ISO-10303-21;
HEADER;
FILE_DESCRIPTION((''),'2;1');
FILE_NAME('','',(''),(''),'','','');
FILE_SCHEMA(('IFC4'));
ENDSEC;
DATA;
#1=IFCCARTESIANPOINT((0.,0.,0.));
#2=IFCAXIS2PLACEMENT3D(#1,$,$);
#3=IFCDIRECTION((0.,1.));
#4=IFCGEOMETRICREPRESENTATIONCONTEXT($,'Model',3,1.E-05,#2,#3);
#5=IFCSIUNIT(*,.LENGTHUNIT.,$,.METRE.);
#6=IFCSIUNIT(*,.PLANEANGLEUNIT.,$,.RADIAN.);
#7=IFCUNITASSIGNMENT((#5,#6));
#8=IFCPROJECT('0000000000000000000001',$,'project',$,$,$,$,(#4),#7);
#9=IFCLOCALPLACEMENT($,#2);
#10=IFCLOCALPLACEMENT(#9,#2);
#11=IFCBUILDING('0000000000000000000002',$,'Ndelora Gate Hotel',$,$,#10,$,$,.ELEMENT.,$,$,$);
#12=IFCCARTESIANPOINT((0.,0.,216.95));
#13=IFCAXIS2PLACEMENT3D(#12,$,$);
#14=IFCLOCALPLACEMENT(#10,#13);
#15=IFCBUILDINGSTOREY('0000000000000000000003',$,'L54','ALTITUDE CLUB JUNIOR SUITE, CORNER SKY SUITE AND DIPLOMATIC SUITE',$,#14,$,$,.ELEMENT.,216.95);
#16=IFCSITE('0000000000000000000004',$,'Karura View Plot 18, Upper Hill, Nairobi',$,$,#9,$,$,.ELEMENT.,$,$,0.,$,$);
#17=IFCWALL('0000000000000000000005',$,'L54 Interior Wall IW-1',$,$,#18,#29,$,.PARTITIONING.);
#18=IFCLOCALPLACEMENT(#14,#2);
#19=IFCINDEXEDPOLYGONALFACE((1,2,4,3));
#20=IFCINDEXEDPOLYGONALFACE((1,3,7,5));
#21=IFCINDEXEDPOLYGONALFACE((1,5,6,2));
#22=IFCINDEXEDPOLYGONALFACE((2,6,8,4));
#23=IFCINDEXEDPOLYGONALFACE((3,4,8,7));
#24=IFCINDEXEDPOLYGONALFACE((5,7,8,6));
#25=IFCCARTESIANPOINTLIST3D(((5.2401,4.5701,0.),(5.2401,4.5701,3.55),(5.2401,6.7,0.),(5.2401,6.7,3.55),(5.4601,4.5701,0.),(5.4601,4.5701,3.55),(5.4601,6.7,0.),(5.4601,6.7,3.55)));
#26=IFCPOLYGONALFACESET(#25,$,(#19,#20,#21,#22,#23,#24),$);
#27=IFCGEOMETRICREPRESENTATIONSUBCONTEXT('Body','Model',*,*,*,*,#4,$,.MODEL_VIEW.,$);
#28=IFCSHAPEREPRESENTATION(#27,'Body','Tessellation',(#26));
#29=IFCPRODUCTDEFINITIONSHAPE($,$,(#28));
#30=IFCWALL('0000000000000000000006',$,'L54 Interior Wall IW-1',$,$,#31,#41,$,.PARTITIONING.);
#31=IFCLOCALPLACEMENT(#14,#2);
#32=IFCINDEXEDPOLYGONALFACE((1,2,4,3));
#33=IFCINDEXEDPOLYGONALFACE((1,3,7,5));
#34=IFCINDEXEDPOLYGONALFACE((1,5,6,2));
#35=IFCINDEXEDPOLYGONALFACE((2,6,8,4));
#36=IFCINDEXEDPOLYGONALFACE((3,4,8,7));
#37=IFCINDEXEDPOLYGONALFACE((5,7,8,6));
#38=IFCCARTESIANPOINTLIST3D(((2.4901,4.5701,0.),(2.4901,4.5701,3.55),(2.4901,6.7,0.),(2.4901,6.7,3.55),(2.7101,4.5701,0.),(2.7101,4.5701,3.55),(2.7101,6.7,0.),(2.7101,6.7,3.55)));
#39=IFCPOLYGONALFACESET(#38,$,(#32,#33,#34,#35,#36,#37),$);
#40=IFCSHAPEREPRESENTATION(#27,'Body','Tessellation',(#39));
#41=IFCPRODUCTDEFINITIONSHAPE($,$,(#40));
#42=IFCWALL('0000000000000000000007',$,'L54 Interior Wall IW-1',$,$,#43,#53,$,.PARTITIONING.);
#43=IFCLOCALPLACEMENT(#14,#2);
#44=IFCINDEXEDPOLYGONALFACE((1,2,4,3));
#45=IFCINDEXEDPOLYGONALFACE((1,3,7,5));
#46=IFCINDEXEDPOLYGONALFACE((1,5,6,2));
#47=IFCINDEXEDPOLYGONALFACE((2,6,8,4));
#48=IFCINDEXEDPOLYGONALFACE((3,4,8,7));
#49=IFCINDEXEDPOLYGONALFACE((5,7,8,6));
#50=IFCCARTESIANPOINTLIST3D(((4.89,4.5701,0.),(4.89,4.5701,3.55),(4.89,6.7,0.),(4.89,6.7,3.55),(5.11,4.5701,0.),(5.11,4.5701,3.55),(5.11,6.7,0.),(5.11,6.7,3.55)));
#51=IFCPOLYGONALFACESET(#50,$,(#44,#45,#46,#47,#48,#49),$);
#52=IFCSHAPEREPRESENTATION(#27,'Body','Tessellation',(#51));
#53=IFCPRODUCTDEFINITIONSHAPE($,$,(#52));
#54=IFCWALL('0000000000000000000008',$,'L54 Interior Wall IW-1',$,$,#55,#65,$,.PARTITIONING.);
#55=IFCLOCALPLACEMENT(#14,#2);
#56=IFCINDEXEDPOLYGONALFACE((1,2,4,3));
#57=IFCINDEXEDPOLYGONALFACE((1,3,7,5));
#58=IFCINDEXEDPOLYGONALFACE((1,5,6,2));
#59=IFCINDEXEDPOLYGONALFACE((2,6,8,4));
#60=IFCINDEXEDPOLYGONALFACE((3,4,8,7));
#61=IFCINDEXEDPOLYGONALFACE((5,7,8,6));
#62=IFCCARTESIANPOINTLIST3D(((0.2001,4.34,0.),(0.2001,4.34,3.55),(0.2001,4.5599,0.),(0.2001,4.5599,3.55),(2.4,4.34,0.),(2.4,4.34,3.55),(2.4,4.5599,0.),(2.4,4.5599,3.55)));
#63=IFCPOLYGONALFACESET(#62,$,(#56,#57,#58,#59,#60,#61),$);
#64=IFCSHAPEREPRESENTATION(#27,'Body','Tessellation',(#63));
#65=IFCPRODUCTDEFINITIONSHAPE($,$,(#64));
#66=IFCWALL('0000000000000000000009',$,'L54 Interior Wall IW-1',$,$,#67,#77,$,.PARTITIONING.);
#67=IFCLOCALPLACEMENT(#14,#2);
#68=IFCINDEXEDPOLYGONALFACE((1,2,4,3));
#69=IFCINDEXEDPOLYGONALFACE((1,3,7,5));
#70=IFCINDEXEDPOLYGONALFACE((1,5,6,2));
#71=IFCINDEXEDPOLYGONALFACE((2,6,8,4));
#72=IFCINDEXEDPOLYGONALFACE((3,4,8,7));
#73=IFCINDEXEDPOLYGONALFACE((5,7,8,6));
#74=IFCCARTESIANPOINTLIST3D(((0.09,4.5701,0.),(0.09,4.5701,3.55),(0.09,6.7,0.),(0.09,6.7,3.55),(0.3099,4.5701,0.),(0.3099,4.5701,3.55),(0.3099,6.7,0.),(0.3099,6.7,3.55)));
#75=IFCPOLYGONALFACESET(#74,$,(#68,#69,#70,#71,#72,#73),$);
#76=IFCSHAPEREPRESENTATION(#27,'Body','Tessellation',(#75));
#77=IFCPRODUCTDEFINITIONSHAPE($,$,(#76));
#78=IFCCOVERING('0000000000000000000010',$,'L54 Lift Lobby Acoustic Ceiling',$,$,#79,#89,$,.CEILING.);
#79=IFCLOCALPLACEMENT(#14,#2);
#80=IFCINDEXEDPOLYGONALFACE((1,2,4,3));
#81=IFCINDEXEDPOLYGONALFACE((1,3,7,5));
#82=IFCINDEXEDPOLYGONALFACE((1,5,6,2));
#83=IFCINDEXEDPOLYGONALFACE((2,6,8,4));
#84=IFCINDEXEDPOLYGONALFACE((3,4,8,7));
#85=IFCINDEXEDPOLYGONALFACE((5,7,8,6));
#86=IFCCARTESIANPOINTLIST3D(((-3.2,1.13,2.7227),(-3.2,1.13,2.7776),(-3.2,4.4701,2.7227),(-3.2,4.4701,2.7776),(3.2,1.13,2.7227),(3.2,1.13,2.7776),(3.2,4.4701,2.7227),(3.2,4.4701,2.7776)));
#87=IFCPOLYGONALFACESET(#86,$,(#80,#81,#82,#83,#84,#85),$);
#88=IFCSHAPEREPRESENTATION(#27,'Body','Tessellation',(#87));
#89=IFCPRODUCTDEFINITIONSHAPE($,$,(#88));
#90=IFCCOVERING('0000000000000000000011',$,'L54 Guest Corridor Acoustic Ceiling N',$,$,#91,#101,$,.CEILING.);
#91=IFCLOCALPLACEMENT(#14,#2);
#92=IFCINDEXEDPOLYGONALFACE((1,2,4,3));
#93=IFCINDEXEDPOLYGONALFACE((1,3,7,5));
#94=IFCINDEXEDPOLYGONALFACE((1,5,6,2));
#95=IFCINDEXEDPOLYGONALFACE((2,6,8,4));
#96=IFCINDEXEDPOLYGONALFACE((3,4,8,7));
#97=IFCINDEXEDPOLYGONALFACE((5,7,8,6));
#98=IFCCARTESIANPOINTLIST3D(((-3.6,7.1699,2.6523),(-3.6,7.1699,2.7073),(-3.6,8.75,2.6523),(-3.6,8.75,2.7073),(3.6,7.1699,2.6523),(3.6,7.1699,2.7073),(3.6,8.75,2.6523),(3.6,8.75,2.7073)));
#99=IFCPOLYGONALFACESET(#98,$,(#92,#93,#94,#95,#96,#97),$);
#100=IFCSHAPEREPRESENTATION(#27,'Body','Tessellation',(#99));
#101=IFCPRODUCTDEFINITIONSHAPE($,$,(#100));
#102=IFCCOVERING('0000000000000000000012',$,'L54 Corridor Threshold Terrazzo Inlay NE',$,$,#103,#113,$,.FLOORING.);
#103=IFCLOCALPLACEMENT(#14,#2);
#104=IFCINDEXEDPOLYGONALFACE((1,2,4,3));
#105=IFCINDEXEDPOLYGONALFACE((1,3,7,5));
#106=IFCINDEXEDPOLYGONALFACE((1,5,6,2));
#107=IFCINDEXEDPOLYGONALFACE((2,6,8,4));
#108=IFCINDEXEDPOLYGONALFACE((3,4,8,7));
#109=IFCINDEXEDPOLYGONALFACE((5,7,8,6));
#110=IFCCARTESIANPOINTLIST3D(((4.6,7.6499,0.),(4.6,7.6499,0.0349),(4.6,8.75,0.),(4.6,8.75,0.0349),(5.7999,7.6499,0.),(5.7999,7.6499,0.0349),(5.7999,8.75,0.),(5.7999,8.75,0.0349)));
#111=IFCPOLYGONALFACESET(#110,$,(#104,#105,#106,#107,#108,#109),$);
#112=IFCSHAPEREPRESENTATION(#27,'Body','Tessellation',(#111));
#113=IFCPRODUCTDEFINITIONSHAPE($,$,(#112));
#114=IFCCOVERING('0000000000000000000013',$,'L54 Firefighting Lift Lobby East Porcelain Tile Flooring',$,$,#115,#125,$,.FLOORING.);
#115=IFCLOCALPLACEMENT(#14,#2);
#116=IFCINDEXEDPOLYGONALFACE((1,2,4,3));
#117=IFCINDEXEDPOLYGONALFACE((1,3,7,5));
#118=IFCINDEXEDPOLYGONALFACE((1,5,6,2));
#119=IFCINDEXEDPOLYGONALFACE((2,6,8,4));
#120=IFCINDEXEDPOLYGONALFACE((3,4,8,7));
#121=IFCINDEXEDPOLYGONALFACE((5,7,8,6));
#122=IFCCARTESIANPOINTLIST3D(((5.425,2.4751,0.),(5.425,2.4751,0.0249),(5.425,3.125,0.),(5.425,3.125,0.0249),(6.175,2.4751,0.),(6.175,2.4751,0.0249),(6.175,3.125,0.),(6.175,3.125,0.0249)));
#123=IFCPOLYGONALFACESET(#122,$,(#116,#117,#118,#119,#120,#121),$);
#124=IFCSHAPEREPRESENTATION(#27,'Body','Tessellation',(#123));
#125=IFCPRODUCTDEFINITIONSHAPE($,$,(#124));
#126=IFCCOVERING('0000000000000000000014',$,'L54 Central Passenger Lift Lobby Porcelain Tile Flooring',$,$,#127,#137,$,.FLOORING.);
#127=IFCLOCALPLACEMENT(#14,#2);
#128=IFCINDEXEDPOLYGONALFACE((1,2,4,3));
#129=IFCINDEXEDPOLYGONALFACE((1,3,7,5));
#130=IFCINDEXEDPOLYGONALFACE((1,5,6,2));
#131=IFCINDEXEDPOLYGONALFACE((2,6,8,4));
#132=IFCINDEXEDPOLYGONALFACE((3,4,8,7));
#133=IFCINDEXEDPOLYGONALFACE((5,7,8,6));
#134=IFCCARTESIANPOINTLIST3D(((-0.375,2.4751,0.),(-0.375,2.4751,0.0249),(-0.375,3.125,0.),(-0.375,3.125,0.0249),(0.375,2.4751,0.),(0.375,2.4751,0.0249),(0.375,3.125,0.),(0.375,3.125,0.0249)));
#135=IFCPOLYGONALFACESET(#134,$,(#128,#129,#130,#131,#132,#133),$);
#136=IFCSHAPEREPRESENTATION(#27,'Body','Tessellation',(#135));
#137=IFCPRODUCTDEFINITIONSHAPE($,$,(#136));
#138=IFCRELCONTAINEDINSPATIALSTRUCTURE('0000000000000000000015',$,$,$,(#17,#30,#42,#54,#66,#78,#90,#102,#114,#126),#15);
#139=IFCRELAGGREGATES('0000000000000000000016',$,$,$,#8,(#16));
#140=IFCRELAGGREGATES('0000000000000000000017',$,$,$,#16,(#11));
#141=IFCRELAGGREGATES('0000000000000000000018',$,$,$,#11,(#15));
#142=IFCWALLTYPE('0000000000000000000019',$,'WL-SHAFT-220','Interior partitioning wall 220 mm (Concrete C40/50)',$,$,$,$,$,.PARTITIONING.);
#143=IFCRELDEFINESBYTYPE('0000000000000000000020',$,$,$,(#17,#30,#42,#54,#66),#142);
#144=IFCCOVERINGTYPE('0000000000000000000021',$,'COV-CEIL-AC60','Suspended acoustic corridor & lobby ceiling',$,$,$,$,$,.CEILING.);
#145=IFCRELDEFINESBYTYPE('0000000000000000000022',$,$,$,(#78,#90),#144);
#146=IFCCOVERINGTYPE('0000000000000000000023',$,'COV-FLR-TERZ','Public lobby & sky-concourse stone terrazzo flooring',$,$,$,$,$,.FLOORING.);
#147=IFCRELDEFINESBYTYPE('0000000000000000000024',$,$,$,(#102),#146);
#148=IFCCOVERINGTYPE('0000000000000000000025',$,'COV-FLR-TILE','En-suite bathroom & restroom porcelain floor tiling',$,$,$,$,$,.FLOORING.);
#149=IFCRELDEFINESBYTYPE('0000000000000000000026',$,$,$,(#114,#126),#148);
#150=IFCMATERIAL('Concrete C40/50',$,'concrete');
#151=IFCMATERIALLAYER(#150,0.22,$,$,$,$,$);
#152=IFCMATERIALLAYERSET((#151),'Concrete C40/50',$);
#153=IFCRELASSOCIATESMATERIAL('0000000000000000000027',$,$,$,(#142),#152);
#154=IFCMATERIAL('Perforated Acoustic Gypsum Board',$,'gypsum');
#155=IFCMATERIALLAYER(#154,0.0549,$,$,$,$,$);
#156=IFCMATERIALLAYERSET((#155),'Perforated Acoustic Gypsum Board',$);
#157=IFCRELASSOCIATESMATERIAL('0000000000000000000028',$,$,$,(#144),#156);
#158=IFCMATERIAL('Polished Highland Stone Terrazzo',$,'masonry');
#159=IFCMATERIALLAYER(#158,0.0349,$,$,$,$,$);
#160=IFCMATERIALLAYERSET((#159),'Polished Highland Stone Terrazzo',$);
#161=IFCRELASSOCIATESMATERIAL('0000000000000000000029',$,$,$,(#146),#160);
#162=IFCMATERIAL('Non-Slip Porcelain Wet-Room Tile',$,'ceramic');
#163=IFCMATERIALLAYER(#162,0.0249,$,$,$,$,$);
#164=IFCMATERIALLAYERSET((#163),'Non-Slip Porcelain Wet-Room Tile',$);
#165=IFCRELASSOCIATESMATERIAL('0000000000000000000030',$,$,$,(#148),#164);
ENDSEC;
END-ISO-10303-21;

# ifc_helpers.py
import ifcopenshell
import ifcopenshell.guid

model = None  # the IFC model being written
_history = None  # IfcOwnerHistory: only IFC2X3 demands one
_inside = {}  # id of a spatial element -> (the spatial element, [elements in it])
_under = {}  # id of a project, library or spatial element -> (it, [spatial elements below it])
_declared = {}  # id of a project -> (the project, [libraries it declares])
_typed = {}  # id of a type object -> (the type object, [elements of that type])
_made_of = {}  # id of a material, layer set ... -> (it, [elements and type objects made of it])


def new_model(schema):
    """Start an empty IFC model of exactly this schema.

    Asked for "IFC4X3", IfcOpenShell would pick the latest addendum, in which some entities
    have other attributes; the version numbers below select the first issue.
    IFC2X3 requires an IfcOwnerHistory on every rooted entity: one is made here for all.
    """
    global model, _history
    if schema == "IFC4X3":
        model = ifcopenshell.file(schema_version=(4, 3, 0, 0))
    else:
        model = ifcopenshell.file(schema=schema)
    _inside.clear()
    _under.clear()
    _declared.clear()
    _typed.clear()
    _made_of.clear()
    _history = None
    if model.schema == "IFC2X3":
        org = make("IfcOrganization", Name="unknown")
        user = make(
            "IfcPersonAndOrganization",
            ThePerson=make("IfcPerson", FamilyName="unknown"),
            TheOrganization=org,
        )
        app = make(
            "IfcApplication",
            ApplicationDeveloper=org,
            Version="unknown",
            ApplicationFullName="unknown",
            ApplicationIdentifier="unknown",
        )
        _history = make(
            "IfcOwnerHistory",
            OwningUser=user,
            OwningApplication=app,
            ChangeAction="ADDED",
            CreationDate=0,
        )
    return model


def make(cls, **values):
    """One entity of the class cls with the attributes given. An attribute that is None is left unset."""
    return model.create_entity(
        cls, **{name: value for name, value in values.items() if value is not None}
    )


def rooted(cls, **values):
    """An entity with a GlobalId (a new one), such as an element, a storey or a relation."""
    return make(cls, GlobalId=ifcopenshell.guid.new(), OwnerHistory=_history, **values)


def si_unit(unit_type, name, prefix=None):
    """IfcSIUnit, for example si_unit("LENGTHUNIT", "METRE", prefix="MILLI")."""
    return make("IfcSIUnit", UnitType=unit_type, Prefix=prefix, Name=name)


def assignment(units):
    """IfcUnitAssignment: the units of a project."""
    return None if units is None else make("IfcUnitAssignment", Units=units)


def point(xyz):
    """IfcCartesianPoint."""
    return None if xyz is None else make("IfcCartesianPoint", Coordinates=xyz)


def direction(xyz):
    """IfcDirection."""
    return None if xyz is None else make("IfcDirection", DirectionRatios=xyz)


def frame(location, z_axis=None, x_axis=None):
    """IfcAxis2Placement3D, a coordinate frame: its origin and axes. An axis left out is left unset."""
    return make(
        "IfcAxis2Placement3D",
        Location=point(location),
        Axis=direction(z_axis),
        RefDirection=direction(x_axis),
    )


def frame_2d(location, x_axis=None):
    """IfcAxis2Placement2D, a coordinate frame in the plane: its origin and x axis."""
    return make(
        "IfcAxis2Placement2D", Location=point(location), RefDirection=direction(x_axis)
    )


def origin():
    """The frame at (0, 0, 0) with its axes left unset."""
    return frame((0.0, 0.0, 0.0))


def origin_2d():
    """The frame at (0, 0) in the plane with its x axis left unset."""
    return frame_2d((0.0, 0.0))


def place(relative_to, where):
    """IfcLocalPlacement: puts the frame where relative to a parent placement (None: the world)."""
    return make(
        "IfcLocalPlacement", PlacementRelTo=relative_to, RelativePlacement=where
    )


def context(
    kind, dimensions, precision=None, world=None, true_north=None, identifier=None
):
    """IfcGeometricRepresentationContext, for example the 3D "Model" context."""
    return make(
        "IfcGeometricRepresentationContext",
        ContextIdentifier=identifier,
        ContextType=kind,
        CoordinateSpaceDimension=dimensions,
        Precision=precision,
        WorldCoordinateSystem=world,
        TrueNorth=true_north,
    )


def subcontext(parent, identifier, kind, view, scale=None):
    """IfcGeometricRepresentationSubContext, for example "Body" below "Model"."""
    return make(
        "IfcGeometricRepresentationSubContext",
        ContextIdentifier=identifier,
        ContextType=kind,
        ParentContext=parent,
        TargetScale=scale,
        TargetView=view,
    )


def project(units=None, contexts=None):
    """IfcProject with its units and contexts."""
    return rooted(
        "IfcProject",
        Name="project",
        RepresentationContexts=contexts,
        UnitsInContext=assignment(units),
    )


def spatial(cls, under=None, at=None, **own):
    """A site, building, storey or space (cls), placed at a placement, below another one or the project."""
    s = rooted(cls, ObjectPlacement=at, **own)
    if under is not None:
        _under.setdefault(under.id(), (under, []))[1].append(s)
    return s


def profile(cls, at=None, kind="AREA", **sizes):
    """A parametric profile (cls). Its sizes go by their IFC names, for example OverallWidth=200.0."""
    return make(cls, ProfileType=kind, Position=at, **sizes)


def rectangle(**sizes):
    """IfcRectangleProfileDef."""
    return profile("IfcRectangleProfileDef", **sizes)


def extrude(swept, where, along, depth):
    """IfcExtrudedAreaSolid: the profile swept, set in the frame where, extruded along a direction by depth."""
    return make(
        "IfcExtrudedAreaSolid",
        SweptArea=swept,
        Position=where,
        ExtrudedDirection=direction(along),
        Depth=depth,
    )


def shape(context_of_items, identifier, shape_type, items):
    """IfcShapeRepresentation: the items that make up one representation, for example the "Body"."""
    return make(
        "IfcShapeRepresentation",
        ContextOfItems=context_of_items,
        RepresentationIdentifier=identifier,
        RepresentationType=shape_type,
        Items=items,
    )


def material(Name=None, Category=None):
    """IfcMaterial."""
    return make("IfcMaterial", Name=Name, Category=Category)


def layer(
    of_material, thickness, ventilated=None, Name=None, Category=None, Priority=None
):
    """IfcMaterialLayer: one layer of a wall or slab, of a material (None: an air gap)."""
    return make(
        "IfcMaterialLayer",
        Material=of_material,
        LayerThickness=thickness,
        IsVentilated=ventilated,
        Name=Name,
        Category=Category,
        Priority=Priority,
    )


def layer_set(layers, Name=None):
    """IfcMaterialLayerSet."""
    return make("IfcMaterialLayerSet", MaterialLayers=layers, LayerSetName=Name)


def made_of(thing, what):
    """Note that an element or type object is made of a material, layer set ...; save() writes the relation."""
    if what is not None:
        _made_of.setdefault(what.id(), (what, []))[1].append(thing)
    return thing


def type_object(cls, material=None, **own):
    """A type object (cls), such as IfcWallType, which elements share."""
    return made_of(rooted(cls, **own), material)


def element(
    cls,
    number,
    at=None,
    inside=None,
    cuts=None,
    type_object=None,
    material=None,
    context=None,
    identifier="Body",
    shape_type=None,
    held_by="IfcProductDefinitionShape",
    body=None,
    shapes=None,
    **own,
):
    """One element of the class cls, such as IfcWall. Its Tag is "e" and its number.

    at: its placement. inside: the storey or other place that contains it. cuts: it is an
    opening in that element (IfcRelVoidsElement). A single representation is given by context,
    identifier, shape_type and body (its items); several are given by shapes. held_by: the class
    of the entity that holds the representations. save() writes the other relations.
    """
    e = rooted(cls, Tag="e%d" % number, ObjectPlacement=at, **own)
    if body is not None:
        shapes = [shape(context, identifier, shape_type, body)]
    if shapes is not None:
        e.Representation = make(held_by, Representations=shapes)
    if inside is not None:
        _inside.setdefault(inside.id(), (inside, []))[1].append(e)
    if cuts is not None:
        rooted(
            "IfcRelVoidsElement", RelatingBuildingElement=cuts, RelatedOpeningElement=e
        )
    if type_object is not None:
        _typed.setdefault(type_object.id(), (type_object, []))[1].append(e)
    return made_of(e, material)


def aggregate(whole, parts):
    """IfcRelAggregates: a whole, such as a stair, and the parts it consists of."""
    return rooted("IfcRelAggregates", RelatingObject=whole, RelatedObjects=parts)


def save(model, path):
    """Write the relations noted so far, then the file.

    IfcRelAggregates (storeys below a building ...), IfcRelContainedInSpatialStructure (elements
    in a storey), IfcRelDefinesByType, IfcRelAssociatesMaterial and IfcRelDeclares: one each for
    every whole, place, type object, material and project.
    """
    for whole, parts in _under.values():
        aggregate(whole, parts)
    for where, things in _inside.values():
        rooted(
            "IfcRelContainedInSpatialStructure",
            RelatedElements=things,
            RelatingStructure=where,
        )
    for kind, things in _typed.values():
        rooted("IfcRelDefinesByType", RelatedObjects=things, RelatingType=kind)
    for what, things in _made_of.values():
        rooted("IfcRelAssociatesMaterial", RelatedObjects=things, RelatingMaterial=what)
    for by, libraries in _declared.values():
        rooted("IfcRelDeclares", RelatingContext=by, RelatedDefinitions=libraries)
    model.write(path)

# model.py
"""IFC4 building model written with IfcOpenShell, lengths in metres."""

from ifc_helpers import new_model, si_unit, direction, frame, frame_2d, origin, origin_2d, place, context, subcontext, project, spatial, rectangle, extrude, material, layer, layer_set, type_object, element, save


model = new_model("IFC4")

# Units and contexts
model_context = context("Model", 3, precision=1e-05, world=origin(), true_north=direction((0.0, 1.0)))
body_context = subcontext(model_context, "Body", "Model", "MODEL_VIEW")
ifc_project = project(units=[si_unit("LENGTHUNIT", "METRE"), si_unit("PLANEANGLEUNIT", "RADIAN")], contexts=[model_context])

# Site, building, storey
site_placement = place(None, origin())
site = spatial("IfcSite", under=ifc_project, at=site_placement, Name="Karura View Plot 18, Upper Hill, Nairobi", CompositionType="ELEMENT", RefElevation=0.0)
building_placement = place(site_placement, origin())
building = spatial("IfcBuilding", under=site, at=building_placement, Name="Ndelora Gate Hotel", CompositionType="ELEMENT")
storey_placement = place(building_placement, frame((0.0, 0.0, 216.95)))
storey = spatial("IfcBuildingStorey", under=building, at=storey_placement, Name="L54", Description="ALTITUDE CLUB JUNIOR SUITE, CORNER SKY SUITE AND DIPLOMATIC SUITE", CompositionType="ELEMENT", Elevation=216.95)

# Shared definitions
ifc_material_1 = material(Name="Concrete C40/50", Category="concrete")

# Shared definitions
ifc_layer_1 = layer(ifc_material_1, 0.22)
ifc_layer_set_1 = layer_set([ifc_layer_1], Name="Concrete C40/50")
wall_type_1 = type_object("IfcWallType", Name="WL-SHAFT-220", Description="Interior partitioning wall 220 mm (Concrete C40/50)", PredefinedType="PARTITIONING", material=ifc_layer_set_1)

# Wall
wall_1_placement = place(storey_placement, frame((5.3501, 4.5701, 0.0), z_axis=(0.0, 0.0, 1.0), x_axis=(0.0, 1.0, 0.0)))
element("IfcWall", 1, at=wall_1_placement, inside=storey, type_object=wall_type_1, Name="L54 Interior Wall IW-1", PredefinedType="PARTITIONING", context=body_context, shape_type="SweptSolid", body=[
    extrude(rectangle(XDim=2.1299, YDim=0.22, at=frame_2d((1.0649, 0.0))), origin(), (0.0, 0.0, 1.0), 3.55),
])

# Walls
for number, where, z_axis, x_axis, name in (
    (2, (2.6001, 4.5701, 0.0), (0.0, 0.0, 1.0), (0.0, 1.0, 0.0), "L54 Interior Wall IW-1"),
    (3, (5.0, 4.5701, 0.0), (0.0, 0.0, 1.0), (0.0, 1.0, 0.0), "L54 Interior Wall IW-1"),
):
    element("IfcWall", number, at=place(storey_placement, frame(where, z_axis=z_axis, x_axis=x_axis)), inside=storey, type_object=wall_type_1, Name=name, PredefinedType="PARTITIONING", context=body_context, shape_type="SweptSolid", body=[
        extrude(rectangle(XDim=2.1299, YDim=0.22, at=frame_2d((1.0649, 0.0))), origin(), (0.0, 0.0, 1.0), 3.55),
    ])
wall_2_placement = place(storey_placement, frame((0.2, 4.45, 0.0), z_axis=(0.0, 0.0, 1.0), x_axis=(1.0, 0.0, 0.0)))
element("IfcWall", 4, at=wall_2_placement, inside=storey, type_object=wall_type_1, Name="L54 Interior Wall IW-1", PredefinedType="PARTITIONING", context=body_context, shape_type="SweptSolid", body=[
    extrude(rectangle(XDim=2.2, YDim=0.22, at=frame_2d((1.1001, 0.0))), origin(), (0.0, 0.0, 1.0), 3.55),
])
wall_3_placement = place(storey_placement, frame((0.2, 4.5701, 0.0), z_axis=(0.0, 0.0, 1.0), x_axis=(0.0, 1.0, 0.0)))
element("IfcWall", 5, at=wall_3_placement, inside=storey, type_object=wall_type_1, Name="L54 Interior Wall IW-1", PredefinedType="PARTITIONING", context=body_context, shape_type="SweptSolid", body=[
    extrude(rectangle(XDim=2.1299, YDim=0.22, at=frame_2d((1.0649, 0.0))), origin(), (0.0, 0.0, 1.0), 3.55),
])

# Coverings
ifc_material_2 = material(Name="Perforated Acoustic Gypsum Board", Category="gypsum")
ifc_layer_2 = layer(ifc_material_2, 0.0549)
ifc_layer_set_2 = layer_set([ifc_layer_2], Name="Perforated Acoustic Gypsum Board")
covering_type_1 = type_object("IfcCoveringType", Name="COV-CEIL-AC60", Description="Suspended acoustic corridor & lobby ceiling", PredefinedType="CEILING", material=ifc_layer_set_2)
covering_1_placement = place(storey_placement, frame((0.0, 2.8, 2.7227), z_axis=(0.0, 0.0, 1.0), x_axis=(1.0, 0.0, 0.0)))
element("IfcCovering", 6, at=covering_1_placement, inside=storey, type_object=covering_type_1, Name="L54 Lift Lobby Acoustic Ceiling", PredefinedType="CEILING", context=body_context, shape_type="SweptSolid", body=[
    extrude(rectangle(XDim=6.3999, YDim=3.3401, at=origin_2d()), origin(), (0.0, 0.0, 1.0), 0.0549),
])
covering_2_placement = place(storey_placement, frame((0.0, 7.96, 2.6523), z_axis=(0.0, 0.0, 1.0), x_axis=(1.0, 0.0, 0.0)))
element("IfcCovering", 7, at=covering_2_placement, inside=storey, type_object=covering_type_1, Name="L54 Guest Corridor Acoustic Ceiling N", PredefinedType="CEILING", context=body_context, shape_type="SweptSolid", body=[
    extrude(rectangle(XDim=7.2, YDim=1.5801, at=origin_2d()), origin(), (0.0, 0.0, 1.0), 0.0549),
])
ifc_material_3 = material(Name="Polished Highland Stone Terrazzo", Category="masonry")
ifc_layer_3 = layer(ifc_material_3, 0.0349)
ifc_layer_set_3 = layer_set([ifc_layer_3], Name="Polished Highland Stone Terrazzo")
covering_type_2 = type_object("IfcCoveringType", Name="COV-FLR-TERZ", Description="Public lobby & sky-concourse stone terrazzo flooring", PredefinedType="FLOORING", material=ifc_layer_set_3)
covering_3_placement = place(storey_placement, frame((5.2, 8.2, 0.0), z_axis=(0.0, 0.0, 1.0), x_axis=(1.0, 0.0, 0.0)))
element("IfcCovering", 8, at=covering_3_placement, inside=storey, type_object=covering_type_2, Name="L54 Corridor Threshold Terrazzo Inlay NE", PredefinedType="FLOORING", context=body_context, shape_type="SweptSolid", body=[
    extrude(rectangle(XDim=1.2, YDim=1.1001, at=origin_2d()), origin(), (0.0, 0.0, 1.0), 0.0349),
])
ifc_material_4 = material(Name="Non-Slip Porcelain Wet-Room Tile", Category="ceramic")
ifc_layer_4 = layer(ifc_material_4, 0.0249)
ifc_layer_set_4 = layer_set([ifc_layer_4], Name="Non-Slip Porcelain Wet-Room Tile")
covering_type_3 = type_object("IfcCoveringType", Name="COV-FLR-TILE", Description="En-suite bathroom & restroom porcelain floor tiling", PredefinedType="FLOORING", material=ifc_layer_set_4)
for number, where, z_axis, x_axis, name in (
    (9, (5.8, 2.8, 0.0), (0.0, 0.0, 1.0), (1.0, 0.0, 0.0), "L54 Firefighting Lift Lobby East Porcelain Tile Flooring"),
    (10, (0.0, 2.8, 0.0), (0.0, 0.0, 1.0), (1.0, 0.0, 0.0), "L54 Central Passenger Lift Lobby Porcelain Tile Flooring"),
):
    element("IfcCovering", number, at=place(storey_placement, frame(where, z_axis=z_axis, x_axis=x_axis)), inside=storey, type_object=covering_type_3, Name=name, PredefinedType="FLOORING", context=body_context, shape_type="SweptSolid", body=[
        extrude(rectangle(XDim=0.75, YDim=0.6499, at=origin_2d()), origin(), (0.0, 0.0, 1.0), 0.0249),
    ])

save(model, "model.ifc")
